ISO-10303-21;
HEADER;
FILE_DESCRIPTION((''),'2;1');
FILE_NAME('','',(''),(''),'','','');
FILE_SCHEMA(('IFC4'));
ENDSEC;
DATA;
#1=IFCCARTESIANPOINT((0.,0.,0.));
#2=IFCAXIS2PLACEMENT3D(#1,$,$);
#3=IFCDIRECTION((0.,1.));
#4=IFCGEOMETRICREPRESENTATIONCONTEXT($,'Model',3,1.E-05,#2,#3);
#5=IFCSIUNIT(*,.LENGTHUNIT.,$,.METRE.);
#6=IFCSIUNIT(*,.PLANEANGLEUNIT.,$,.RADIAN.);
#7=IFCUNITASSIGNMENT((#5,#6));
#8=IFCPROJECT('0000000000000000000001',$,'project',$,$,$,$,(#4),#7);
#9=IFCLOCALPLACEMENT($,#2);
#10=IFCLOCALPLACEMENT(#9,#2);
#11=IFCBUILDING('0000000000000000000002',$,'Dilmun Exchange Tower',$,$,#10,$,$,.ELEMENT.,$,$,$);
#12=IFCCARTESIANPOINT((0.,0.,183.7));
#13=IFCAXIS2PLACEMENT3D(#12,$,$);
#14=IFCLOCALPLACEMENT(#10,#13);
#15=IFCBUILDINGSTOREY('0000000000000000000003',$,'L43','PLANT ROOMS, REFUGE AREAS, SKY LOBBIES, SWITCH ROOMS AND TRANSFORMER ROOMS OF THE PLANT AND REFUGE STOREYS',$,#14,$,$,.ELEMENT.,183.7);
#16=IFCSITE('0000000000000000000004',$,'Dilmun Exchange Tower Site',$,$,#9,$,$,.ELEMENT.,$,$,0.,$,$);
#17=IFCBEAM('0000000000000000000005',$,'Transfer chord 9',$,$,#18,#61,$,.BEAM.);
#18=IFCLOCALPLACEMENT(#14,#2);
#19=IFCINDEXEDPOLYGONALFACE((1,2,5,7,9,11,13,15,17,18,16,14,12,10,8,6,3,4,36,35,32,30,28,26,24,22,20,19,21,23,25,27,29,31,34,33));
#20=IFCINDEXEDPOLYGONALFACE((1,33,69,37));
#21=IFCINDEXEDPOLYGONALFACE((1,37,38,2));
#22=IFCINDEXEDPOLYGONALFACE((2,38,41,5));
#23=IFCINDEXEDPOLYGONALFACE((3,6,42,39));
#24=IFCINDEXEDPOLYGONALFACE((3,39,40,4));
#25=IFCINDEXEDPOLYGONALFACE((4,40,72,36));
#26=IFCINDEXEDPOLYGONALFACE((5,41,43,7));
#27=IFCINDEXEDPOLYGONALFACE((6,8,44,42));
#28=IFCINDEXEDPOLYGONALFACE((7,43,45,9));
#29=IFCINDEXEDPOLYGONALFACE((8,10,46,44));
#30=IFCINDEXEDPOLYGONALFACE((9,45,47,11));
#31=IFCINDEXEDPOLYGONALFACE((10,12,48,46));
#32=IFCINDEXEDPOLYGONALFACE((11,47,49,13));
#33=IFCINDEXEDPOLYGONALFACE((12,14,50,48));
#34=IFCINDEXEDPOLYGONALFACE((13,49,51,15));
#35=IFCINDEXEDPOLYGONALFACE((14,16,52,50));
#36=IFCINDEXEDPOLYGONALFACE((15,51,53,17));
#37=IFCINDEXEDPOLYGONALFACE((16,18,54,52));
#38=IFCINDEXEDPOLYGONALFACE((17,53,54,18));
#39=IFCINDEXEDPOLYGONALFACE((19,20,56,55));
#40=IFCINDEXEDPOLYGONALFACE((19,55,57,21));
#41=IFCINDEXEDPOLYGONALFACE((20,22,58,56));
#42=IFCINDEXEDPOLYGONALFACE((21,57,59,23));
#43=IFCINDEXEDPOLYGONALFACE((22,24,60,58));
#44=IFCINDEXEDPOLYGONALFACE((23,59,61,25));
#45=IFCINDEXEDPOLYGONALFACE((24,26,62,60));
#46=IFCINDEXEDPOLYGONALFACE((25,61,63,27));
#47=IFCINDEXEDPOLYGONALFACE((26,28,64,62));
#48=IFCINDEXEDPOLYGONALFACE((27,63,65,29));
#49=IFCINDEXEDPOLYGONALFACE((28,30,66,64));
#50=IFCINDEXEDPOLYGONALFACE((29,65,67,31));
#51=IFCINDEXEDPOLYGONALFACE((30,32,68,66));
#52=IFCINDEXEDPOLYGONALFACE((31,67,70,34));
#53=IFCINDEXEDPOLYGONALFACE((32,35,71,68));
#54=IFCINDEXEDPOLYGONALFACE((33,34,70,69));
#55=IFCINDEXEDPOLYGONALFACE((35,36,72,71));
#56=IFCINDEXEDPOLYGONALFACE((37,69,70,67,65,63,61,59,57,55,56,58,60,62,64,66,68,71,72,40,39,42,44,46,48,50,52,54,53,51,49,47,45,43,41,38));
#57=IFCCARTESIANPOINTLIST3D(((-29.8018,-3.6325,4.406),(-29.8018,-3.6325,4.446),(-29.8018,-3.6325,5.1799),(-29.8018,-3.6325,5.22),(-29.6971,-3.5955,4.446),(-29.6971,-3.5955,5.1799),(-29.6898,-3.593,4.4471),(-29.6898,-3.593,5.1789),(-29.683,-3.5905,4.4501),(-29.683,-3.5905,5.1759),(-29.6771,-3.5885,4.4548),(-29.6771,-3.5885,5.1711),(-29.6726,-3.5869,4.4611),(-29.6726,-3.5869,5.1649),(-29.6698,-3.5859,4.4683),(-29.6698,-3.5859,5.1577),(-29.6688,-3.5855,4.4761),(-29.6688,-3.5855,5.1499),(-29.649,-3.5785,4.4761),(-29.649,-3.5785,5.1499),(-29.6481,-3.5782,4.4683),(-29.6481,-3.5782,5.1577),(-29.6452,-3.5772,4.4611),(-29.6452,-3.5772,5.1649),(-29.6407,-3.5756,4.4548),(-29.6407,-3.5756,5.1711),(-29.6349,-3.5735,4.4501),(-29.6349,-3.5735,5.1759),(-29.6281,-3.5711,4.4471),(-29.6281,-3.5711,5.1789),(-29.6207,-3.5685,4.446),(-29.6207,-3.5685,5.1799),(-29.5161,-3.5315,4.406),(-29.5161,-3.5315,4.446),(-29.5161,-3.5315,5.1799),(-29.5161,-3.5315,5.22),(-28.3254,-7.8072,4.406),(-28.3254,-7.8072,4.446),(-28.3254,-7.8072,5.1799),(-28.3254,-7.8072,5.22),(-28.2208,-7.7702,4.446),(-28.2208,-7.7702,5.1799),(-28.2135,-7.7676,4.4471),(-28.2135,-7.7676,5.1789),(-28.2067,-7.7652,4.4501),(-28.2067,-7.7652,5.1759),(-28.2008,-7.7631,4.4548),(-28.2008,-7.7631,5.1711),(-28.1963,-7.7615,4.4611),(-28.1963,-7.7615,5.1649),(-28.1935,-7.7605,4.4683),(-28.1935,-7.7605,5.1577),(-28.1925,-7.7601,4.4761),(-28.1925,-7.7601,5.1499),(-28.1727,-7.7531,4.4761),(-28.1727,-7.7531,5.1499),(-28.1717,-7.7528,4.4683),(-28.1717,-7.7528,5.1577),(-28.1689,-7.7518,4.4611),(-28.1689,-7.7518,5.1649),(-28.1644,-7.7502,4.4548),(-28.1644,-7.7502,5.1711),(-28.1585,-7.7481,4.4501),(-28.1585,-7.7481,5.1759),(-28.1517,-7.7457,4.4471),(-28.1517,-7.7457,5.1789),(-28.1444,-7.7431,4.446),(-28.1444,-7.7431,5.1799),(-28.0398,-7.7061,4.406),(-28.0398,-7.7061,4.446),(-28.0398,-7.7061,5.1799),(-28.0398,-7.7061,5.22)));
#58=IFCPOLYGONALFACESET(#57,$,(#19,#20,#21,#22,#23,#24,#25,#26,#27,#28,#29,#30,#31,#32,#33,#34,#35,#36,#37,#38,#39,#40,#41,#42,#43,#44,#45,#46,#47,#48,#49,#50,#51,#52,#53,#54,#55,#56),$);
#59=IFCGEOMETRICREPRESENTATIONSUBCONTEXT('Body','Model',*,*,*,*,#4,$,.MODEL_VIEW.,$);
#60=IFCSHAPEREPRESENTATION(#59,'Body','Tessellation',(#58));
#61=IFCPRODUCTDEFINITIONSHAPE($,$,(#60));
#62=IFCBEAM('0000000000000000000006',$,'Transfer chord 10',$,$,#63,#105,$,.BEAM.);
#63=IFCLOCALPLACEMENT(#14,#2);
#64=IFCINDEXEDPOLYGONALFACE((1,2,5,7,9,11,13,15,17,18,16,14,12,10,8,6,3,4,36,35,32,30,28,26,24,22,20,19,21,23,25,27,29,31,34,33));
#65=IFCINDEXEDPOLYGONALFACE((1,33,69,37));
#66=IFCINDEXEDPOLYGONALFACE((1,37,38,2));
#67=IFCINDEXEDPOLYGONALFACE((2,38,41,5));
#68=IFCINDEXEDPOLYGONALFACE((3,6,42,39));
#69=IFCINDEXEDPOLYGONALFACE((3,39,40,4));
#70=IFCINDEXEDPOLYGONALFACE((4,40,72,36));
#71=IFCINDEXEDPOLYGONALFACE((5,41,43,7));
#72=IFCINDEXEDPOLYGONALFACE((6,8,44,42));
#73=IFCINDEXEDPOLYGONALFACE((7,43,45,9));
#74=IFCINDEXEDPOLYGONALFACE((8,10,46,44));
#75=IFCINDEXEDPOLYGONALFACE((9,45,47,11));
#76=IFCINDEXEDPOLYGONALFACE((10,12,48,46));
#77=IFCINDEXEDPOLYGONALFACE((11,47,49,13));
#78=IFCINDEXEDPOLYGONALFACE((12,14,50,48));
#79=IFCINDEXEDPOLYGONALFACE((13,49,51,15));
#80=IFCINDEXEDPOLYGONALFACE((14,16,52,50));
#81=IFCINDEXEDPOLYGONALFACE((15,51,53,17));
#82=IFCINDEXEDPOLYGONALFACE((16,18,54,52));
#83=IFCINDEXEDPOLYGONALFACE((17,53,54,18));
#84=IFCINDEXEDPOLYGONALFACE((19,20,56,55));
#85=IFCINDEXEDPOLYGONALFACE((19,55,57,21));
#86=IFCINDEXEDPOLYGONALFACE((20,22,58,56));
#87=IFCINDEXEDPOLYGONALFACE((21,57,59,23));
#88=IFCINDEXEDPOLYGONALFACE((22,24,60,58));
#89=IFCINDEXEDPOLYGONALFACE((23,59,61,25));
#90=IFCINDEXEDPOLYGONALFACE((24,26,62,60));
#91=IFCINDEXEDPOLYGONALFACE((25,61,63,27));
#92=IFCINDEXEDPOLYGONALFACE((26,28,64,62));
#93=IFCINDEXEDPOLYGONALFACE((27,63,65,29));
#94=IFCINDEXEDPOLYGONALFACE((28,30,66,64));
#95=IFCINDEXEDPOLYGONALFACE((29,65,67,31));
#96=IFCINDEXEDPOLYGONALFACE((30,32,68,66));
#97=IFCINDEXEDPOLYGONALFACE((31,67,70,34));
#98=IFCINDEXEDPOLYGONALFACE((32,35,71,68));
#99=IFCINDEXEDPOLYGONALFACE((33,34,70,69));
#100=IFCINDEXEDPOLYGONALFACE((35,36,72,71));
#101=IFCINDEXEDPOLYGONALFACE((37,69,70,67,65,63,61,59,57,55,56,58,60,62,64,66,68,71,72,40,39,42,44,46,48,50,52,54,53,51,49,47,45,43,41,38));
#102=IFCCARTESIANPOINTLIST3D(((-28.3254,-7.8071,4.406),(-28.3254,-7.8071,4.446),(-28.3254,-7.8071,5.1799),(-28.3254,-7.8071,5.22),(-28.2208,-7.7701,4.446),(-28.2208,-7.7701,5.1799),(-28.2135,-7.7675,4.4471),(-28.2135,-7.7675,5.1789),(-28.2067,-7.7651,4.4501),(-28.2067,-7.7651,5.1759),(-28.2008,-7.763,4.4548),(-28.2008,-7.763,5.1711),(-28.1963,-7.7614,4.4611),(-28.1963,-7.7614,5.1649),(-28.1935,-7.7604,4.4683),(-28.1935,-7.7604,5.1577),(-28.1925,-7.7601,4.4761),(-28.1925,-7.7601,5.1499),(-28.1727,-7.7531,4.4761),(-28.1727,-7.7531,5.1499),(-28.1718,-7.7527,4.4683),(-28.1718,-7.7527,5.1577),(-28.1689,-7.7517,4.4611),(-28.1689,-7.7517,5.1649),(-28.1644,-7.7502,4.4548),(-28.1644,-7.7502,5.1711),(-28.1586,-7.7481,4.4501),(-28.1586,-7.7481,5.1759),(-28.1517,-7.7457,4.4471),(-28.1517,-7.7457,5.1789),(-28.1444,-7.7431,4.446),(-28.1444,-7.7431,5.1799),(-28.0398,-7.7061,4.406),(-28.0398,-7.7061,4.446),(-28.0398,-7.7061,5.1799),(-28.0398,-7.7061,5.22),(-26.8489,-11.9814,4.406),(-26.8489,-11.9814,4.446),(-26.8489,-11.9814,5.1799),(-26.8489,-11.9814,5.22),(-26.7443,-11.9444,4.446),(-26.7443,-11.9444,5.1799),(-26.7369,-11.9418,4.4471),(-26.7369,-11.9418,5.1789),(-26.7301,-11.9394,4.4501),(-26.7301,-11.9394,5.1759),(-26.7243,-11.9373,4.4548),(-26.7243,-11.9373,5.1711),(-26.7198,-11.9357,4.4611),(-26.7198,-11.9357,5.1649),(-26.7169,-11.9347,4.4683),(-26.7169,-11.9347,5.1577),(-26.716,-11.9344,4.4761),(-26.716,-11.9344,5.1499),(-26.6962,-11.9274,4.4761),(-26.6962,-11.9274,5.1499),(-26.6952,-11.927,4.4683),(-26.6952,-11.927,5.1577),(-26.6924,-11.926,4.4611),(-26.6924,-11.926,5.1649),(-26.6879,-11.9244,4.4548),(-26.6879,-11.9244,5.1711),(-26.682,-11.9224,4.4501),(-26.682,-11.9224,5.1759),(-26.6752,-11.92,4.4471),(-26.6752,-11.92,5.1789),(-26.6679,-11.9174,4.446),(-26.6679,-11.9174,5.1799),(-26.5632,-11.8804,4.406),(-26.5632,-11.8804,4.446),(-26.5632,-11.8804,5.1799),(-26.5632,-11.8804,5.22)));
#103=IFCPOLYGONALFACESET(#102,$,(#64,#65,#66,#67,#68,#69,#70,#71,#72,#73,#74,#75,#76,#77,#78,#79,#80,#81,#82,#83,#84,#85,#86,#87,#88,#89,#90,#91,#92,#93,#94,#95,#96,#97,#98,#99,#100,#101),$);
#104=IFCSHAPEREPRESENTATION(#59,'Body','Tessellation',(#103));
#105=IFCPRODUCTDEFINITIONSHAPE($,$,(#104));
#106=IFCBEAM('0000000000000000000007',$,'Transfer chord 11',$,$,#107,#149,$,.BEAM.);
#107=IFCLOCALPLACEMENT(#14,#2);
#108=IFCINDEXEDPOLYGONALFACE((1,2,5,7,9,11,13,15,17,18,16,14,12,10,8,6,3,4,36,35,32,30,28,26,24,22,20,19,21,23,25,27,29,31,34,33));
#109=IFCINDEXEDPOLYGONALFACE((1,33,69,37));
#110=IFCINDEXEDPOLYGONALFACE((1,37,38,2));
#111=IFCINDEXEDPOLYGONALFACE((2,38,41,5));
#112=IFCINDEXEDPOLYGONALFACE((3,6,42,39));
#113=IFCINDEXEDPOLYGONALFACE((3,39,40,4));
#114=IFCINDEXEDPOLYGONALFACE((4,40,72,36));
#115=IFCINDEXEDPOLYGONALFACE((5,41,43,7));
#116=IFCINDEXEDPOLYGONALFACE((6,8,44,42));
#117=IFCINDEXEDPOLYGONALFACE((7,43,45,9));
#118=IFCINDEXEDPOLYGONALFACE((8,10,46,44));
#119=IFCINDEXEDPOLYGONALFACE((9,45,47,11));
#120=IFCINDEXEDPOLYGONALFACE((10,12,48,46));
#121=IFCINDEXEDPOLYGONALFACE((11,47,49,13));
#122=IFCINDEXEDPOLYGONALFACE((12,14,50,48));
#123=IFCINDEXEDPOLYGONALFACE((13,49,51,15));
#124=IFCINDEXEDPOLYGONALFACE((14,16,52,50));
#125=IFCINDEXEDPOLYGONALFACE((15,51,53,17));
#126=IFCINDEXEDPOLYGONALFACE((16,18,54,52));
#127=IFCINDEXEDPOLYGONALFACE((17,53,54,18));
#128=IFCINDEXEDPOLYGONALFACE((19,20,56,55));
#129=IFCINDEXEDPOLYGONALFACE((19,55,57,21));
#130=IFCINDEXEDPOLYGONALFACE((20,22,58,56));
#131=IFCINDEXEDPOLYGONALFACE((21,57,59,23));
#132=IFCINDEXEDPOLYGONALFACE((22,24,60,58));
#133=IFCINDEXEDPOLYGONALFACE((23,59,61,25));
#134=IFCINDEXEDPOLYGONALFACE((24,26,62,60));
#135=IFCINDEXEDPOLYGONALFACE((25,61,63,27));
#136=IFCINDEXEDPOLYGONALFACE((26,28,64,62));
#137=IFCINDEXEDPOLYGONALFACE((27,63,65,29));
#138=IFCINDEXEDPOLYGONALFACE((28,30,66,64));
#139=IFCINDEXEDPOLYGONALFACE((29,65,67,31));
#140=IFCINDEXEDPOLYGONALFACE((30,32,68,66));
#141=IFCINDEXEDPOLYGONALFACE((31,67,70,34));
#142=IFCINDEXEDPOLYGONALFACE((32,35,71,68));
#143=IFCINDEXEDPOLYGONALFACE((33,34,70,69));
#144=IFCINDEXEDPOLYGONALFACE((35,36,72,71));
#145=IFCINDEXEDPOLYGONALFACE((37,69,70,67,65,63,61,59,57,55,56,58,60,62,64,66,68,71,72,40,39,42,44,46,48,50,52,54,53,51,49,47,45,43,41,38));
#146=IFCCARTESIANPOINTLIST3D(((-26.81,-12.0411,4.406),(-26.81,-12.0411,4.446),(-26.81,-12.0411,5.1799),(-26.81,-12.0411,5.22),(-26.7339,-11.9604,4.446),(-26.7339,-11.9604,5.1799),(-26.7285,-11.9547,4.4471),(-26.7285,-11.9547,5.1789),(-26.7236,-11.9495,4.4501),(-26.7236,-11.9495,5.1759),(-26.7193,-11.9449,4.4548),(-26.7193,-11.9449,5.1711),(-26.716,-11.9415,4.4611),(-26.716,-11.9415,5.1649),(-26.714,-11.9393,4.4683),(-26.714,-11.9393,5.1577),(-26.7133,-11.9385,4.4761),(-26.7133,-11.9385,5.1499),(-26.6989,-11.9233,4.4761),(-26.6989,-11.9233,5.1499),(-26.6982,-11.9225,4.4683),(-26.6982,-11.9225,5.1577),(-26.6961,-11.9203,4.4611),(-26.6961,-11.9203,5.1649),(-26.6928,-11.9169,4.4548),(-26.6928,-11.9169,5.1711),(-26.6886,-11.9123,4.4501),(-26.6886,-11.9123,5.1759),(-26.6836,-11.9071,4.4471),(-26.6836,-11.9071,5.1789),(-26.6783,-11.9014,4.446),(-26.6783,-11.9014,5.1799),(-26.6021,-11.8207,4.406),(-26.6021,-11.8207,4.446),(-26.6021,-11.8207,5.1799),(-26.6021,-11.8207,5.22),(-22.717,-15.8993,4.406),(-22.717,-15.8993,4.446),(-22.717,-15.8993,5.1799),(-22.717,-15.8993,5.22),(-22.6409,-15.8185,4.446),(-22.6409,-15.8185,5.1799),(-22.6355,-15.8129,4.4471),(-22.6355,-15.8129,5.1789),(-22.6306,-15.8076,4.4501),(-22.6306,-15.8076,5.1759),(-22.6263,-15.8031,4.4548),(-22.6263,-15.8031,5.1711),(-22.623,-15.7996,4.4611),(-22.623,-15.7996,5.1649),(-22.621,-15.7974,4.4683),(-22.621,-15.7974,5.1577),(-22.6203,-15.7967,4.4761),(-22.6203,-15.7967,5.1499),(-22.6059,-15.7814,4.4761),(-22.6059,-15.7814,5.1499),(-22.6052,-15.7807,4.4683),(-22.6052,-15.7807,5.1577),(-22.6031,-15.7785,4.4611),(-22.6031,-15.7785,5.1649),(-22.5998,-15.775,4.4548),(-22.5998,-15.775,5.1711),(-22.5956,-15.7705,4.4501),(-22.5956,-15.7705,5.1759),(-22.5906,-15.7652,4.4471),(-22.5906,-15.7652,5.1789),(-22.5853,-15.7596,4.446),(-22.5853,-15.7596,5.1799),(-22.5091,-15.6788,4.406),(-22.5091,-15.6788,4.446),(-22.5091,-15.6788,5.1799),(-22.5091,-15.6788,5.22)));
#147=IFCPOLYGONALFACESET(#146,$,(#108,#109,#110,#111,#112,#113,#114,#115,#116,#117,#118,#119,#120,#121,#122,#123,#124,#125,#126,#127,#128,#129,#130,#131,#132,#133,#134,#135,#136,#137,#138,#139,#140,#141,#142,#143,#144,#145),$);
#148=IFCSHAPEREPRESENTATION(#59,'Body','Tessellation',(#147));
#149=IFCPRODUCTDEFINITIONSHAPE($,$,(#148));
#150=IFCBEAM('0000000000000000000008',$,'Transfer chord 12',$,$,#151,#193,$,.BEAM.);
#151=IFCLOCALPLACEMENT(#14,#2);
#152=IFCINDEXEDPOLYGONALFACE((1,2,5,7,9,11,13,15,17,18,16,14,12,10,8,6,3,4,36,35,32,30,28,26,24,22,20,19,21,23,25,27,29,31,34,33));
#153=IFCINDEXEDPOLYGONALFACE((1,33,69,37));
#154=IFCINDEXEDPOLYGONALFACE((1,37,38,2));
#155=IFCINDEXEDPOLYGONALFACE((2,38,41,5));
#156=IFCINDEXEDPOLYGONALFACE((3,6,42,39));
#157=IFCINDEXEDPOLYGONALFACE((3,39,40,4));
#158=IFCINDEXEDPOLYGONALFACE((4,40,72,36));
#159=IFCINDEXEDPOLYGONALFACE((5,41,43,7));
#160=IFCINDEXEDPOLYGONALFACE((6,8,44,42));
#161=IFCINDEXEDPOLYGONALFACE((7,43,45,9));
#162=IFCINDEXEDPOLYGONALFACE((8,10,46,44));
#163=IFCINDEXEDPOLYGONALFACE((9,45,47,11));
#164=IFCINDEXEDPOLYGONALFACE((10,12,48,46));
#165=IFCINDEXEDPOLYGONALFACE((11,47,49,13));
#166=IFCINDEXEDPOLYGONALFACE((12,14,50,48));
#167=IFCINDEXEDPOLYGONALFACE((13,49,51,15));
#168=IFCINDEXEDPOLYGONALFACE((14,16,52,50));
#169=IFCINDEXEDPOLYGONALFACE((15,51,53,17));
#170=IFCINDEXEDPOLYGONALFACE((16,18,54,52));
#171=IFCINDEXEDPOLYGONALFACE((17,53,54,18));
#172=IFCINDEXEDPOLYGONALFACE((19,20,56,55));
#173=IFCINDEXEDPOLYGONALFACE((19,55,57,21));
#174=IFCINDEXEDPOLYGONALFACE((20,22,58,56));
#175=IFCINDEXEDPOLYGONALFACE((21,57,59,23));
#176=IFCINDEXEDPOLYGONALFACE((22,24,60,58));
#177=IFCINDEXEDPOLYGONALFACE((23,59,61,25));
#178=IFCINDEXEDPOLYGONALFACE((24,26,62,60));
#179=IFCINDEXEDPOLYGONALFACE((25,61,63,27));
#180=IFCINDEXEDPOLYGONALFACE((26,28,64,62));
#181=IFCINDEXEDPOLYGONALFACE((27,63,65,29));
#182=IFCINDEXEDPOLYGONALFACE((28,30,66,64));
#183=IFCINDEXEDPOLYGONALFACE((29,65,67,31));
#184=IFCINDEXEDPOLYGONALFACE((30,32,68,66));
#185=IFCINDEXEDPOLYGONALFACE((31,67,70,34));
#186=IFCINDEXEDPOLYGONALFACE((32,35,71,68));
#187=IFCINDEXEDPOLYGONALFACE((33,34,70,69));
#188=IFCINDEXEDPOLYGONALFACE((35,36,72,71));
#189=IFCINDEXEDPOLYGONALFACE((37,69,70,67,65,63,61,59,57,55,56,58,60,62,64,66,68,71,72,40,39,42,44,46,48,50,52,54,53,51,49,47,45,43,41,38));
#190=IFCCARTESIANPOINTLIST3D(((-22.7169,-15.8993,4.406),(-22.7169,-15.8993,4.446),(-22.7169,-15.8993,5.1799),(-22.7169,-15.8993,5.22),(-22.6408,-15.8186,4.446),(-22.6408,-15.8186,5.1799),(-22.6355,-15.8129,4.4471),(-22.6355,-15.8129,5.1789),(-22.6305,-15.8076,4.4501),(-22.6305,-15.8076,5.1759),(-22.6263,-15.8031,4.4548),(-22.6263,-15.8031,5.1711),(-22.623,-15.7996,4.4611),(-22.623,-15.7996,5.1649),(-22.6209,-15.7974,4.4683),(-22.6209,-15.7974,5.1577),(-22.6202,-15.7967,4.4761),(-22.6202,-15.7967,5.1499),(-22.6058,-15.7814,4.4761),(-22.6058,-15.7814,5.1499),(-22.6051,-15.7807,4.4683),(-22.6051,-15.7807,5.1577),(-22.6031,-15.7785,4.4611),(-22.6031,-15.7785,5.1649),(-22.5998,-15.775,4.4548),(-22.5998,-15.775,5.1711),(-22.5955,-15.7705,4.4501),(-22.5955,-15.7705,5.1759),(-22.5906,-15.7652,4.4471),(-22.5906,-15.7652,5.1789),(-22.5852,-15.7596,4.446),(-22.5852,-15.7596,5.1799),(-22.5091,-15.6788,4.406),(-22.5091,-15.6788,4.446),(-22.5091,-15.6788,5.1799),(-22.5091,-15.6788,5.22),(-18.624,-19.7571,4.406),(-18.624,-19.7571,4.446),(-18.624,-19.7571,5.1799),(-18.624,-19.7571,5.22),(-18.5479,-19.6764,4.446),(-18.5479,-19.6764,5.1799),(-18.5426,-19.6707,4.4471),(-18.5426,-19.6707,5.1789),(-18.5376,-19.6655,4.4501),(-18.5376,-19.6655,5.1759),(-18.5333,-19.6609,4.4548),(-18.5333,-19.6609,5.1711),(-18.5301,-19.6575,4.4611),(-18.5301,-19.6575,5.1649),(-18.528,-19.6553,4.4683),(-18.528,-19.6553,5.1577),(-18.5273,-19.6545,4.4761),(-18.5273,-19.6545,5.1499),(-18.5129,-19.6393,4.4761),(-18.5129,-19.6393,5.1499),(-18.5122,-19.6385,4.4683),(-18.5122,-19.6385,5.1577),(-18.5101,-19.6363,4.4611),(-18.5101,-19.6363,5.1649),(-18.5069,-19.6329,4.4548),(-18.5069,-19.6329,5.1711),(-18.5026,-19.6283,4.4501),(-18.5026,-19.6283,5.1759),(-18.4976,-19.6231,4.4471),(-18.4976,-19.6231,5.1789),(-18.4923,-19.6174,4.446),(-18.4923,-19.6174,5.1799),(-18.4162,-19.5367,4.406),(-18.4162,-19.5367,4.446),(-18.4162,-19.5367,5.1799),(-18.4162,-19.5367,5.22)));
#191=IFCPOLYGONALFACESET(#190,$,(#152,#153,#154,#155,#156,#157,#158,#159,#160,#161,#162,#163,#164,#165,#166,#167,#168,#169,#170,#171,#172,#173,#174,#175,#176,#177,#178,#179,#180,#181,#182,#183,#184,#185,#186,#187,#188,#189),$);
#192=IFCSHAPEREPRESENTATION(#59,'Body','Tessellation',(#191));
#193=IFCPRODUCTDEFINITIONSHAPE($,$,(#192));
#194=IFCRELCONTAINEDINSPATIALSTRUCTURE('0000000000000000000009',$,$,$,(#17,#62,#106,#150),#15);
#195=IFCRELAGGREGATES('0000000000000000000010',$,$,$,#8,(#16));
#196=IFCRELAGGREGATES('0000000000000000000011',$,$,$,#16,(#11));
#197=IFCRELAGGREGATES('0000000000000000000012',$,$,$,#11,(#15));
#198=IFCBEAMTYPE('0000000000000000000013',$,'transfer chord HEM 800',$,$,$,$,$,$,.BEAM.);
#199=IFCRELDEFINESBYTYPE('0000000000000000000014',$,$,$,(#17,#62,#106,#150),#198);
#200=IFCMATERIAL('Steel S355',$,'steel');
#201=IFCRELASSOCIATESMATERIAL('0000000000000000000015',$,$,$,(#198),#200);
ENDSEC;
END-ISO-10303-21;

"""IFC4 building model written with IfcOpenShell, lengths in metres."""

from ifc_helpers import new_model, si_unit, direction, frame, origin, origin_2d, place, context, subcontext, project, spatial, i_section, extrude, material, material_profile, profile_set, type_object, element, save


model = new_model("IFC4")

# Units and contexts
model_context = context("Model", 3, precision=1e-05, world=origin(), true_north=direction((0.0, 1.0)))
body_context = subcontext(model_context, "Body", "Model", "MODEL_VIEW")
ifc_project = project(units=[si_unit("LENGTHUNIT", "METRE"), si_unit("PLANEANGLEUNIT", "RADIAN")], contexts=[model_context])

# Site, building, storey
site_placement = place(None, origin())
site = spatial("IfcSite", under=ifc_project, at=site_placement, Name="Dilmun Exchange Tower Site", CompositionType="ELEMENT", RefElevation=0.0)
building_placement = place(site_placement, origin())
building = spatial("IfcBuilding", under=site, at=building_placement, Name="Dilmun Exchange Tower", CompositionType="ELEMENT")
storey_placement = place(building_placement, frame((0.0, 0.0, 183.7)))
storey = spatial("IfcBuildingStorey", under=building, at=storey_placement, Name="L43", Description="PLANT ROOMS, REFUGE AREAS, SKY LOBBIES, SWITCH ROOMS AND TRANSFORMER ROOMS OF THE PLANT AND REFUGE STOREYS", CompositionType="ELEMENT", Elevation=183.7)

# Beams
ifc_material_1 = material(Name="Steel S355", Category="steel")
ifc_material_profile_1 = material_profile(ifc_material_1, i_section(OverallWidth=0.303, OverallDepth=0.814, WebThickness=0.021, FlangeThickness=0.04, FilletRadius=0.03, at=origin_2d()), Name="HEM 800")
ifc_profile_set_1 = profile_set([ifc_material_profile_1], Name="Steel S355")
beam_type_1 = type_object("IfcBeamType", Name="transfer chord HEM 800", PredefinedType="BEAM", material=ifc_profile_set_1)
beam_1_placement = place(storey_placement, frame((-29.6589, -3.582, 4.813), z_axis=(0.333411, -0.942781, 0.0), x_axis=(0.942781, 0.333411, 0.0)))
element("IfcBeam", 1, at=beam_1_placement, inside=storey, type_object=beam_type_1, Name="Transfer chord 9", PredefinedType="BEAM", context=body_context, shape_type="SweptSolid", body=[
    extrude(i_section(OverallWidth=0.303, OverallDepth=0.814, WebThickness=0.021, FlangeThickness=0.04, FilletRadius=0.03, at=origin_2d()), origin(), (0.0, 0.0, 1.0), 4.428),
])
beam_2_placement = place(storey_placement, frame((-28.1826, -7.7566, 4.813), z_axis=(0.333478, -0.942758, 0.0), x_axis=(0.942758, 0.333478, 0.0)))
element("IfcBeam", 2, at=beam_2_placement, inside=storey, type_object=beam_type_1, Name="Transfer chord 10", PredefinedType="BEAM", context=body_context, shape_type="SweptSolid", body=[
    extrude(i_section(OverallWidth=0.303, OverallDepth=0.814, WebThickness=0.021, FlangeThickness=0.04, FilletRadius=0.03, at=origin_2d()), origin(), (0.0, 0.0, 1.0), 4.4277),
])
beam_3_placement = place(storey_placement, frame((-26.7061, -11.9309, 4.813), z_axis=(0.727676, -0.685921, 0.0), x_axis=(0.685921, 0.727676, 0.0)))
element("IfcBeam", 3, at=beam_3_placement, inside=storey, type_object=beam_type_1, Name="Transfer chord 11", PredefinedType="BEAM", context=body_context, shape_type="SweptSolid", body=[
    extrude(i_section(OverallWidth=0.303, OverallDepth=0.814, WebThickness=0.021, FlangeThickness=0.04, FilletRadius=0.03, at=origin_2d()), origin(), (0.0, 0.0, 1.0), 5.6248),
])
beam_4_placement = place(storey_placement, frame((-22.613, -15.7891, 4.813), z_axis=(0.727698, -0.685898, 0.0), x_axis=(0.685898, 0.727698, 0.0)))
element("IfcBeam", 4, at=beam_4_placement, inside=storey, type_object=beam_type_1, Name="Transfer chord 12", PredefinedType="BEAM", context=body_context, shape_type="SweptSolid", body=[
    extrude(i_section(OverallWidth=0.303, OverallDepth=0.814, WebThickness=0.021, FlangeThickness=0.04, FilletRadius=0.03, at=origin_2d()), origin(), (0.0, 0.0, 1.0), 5.6245),
])

save(model, "model.ifc")
